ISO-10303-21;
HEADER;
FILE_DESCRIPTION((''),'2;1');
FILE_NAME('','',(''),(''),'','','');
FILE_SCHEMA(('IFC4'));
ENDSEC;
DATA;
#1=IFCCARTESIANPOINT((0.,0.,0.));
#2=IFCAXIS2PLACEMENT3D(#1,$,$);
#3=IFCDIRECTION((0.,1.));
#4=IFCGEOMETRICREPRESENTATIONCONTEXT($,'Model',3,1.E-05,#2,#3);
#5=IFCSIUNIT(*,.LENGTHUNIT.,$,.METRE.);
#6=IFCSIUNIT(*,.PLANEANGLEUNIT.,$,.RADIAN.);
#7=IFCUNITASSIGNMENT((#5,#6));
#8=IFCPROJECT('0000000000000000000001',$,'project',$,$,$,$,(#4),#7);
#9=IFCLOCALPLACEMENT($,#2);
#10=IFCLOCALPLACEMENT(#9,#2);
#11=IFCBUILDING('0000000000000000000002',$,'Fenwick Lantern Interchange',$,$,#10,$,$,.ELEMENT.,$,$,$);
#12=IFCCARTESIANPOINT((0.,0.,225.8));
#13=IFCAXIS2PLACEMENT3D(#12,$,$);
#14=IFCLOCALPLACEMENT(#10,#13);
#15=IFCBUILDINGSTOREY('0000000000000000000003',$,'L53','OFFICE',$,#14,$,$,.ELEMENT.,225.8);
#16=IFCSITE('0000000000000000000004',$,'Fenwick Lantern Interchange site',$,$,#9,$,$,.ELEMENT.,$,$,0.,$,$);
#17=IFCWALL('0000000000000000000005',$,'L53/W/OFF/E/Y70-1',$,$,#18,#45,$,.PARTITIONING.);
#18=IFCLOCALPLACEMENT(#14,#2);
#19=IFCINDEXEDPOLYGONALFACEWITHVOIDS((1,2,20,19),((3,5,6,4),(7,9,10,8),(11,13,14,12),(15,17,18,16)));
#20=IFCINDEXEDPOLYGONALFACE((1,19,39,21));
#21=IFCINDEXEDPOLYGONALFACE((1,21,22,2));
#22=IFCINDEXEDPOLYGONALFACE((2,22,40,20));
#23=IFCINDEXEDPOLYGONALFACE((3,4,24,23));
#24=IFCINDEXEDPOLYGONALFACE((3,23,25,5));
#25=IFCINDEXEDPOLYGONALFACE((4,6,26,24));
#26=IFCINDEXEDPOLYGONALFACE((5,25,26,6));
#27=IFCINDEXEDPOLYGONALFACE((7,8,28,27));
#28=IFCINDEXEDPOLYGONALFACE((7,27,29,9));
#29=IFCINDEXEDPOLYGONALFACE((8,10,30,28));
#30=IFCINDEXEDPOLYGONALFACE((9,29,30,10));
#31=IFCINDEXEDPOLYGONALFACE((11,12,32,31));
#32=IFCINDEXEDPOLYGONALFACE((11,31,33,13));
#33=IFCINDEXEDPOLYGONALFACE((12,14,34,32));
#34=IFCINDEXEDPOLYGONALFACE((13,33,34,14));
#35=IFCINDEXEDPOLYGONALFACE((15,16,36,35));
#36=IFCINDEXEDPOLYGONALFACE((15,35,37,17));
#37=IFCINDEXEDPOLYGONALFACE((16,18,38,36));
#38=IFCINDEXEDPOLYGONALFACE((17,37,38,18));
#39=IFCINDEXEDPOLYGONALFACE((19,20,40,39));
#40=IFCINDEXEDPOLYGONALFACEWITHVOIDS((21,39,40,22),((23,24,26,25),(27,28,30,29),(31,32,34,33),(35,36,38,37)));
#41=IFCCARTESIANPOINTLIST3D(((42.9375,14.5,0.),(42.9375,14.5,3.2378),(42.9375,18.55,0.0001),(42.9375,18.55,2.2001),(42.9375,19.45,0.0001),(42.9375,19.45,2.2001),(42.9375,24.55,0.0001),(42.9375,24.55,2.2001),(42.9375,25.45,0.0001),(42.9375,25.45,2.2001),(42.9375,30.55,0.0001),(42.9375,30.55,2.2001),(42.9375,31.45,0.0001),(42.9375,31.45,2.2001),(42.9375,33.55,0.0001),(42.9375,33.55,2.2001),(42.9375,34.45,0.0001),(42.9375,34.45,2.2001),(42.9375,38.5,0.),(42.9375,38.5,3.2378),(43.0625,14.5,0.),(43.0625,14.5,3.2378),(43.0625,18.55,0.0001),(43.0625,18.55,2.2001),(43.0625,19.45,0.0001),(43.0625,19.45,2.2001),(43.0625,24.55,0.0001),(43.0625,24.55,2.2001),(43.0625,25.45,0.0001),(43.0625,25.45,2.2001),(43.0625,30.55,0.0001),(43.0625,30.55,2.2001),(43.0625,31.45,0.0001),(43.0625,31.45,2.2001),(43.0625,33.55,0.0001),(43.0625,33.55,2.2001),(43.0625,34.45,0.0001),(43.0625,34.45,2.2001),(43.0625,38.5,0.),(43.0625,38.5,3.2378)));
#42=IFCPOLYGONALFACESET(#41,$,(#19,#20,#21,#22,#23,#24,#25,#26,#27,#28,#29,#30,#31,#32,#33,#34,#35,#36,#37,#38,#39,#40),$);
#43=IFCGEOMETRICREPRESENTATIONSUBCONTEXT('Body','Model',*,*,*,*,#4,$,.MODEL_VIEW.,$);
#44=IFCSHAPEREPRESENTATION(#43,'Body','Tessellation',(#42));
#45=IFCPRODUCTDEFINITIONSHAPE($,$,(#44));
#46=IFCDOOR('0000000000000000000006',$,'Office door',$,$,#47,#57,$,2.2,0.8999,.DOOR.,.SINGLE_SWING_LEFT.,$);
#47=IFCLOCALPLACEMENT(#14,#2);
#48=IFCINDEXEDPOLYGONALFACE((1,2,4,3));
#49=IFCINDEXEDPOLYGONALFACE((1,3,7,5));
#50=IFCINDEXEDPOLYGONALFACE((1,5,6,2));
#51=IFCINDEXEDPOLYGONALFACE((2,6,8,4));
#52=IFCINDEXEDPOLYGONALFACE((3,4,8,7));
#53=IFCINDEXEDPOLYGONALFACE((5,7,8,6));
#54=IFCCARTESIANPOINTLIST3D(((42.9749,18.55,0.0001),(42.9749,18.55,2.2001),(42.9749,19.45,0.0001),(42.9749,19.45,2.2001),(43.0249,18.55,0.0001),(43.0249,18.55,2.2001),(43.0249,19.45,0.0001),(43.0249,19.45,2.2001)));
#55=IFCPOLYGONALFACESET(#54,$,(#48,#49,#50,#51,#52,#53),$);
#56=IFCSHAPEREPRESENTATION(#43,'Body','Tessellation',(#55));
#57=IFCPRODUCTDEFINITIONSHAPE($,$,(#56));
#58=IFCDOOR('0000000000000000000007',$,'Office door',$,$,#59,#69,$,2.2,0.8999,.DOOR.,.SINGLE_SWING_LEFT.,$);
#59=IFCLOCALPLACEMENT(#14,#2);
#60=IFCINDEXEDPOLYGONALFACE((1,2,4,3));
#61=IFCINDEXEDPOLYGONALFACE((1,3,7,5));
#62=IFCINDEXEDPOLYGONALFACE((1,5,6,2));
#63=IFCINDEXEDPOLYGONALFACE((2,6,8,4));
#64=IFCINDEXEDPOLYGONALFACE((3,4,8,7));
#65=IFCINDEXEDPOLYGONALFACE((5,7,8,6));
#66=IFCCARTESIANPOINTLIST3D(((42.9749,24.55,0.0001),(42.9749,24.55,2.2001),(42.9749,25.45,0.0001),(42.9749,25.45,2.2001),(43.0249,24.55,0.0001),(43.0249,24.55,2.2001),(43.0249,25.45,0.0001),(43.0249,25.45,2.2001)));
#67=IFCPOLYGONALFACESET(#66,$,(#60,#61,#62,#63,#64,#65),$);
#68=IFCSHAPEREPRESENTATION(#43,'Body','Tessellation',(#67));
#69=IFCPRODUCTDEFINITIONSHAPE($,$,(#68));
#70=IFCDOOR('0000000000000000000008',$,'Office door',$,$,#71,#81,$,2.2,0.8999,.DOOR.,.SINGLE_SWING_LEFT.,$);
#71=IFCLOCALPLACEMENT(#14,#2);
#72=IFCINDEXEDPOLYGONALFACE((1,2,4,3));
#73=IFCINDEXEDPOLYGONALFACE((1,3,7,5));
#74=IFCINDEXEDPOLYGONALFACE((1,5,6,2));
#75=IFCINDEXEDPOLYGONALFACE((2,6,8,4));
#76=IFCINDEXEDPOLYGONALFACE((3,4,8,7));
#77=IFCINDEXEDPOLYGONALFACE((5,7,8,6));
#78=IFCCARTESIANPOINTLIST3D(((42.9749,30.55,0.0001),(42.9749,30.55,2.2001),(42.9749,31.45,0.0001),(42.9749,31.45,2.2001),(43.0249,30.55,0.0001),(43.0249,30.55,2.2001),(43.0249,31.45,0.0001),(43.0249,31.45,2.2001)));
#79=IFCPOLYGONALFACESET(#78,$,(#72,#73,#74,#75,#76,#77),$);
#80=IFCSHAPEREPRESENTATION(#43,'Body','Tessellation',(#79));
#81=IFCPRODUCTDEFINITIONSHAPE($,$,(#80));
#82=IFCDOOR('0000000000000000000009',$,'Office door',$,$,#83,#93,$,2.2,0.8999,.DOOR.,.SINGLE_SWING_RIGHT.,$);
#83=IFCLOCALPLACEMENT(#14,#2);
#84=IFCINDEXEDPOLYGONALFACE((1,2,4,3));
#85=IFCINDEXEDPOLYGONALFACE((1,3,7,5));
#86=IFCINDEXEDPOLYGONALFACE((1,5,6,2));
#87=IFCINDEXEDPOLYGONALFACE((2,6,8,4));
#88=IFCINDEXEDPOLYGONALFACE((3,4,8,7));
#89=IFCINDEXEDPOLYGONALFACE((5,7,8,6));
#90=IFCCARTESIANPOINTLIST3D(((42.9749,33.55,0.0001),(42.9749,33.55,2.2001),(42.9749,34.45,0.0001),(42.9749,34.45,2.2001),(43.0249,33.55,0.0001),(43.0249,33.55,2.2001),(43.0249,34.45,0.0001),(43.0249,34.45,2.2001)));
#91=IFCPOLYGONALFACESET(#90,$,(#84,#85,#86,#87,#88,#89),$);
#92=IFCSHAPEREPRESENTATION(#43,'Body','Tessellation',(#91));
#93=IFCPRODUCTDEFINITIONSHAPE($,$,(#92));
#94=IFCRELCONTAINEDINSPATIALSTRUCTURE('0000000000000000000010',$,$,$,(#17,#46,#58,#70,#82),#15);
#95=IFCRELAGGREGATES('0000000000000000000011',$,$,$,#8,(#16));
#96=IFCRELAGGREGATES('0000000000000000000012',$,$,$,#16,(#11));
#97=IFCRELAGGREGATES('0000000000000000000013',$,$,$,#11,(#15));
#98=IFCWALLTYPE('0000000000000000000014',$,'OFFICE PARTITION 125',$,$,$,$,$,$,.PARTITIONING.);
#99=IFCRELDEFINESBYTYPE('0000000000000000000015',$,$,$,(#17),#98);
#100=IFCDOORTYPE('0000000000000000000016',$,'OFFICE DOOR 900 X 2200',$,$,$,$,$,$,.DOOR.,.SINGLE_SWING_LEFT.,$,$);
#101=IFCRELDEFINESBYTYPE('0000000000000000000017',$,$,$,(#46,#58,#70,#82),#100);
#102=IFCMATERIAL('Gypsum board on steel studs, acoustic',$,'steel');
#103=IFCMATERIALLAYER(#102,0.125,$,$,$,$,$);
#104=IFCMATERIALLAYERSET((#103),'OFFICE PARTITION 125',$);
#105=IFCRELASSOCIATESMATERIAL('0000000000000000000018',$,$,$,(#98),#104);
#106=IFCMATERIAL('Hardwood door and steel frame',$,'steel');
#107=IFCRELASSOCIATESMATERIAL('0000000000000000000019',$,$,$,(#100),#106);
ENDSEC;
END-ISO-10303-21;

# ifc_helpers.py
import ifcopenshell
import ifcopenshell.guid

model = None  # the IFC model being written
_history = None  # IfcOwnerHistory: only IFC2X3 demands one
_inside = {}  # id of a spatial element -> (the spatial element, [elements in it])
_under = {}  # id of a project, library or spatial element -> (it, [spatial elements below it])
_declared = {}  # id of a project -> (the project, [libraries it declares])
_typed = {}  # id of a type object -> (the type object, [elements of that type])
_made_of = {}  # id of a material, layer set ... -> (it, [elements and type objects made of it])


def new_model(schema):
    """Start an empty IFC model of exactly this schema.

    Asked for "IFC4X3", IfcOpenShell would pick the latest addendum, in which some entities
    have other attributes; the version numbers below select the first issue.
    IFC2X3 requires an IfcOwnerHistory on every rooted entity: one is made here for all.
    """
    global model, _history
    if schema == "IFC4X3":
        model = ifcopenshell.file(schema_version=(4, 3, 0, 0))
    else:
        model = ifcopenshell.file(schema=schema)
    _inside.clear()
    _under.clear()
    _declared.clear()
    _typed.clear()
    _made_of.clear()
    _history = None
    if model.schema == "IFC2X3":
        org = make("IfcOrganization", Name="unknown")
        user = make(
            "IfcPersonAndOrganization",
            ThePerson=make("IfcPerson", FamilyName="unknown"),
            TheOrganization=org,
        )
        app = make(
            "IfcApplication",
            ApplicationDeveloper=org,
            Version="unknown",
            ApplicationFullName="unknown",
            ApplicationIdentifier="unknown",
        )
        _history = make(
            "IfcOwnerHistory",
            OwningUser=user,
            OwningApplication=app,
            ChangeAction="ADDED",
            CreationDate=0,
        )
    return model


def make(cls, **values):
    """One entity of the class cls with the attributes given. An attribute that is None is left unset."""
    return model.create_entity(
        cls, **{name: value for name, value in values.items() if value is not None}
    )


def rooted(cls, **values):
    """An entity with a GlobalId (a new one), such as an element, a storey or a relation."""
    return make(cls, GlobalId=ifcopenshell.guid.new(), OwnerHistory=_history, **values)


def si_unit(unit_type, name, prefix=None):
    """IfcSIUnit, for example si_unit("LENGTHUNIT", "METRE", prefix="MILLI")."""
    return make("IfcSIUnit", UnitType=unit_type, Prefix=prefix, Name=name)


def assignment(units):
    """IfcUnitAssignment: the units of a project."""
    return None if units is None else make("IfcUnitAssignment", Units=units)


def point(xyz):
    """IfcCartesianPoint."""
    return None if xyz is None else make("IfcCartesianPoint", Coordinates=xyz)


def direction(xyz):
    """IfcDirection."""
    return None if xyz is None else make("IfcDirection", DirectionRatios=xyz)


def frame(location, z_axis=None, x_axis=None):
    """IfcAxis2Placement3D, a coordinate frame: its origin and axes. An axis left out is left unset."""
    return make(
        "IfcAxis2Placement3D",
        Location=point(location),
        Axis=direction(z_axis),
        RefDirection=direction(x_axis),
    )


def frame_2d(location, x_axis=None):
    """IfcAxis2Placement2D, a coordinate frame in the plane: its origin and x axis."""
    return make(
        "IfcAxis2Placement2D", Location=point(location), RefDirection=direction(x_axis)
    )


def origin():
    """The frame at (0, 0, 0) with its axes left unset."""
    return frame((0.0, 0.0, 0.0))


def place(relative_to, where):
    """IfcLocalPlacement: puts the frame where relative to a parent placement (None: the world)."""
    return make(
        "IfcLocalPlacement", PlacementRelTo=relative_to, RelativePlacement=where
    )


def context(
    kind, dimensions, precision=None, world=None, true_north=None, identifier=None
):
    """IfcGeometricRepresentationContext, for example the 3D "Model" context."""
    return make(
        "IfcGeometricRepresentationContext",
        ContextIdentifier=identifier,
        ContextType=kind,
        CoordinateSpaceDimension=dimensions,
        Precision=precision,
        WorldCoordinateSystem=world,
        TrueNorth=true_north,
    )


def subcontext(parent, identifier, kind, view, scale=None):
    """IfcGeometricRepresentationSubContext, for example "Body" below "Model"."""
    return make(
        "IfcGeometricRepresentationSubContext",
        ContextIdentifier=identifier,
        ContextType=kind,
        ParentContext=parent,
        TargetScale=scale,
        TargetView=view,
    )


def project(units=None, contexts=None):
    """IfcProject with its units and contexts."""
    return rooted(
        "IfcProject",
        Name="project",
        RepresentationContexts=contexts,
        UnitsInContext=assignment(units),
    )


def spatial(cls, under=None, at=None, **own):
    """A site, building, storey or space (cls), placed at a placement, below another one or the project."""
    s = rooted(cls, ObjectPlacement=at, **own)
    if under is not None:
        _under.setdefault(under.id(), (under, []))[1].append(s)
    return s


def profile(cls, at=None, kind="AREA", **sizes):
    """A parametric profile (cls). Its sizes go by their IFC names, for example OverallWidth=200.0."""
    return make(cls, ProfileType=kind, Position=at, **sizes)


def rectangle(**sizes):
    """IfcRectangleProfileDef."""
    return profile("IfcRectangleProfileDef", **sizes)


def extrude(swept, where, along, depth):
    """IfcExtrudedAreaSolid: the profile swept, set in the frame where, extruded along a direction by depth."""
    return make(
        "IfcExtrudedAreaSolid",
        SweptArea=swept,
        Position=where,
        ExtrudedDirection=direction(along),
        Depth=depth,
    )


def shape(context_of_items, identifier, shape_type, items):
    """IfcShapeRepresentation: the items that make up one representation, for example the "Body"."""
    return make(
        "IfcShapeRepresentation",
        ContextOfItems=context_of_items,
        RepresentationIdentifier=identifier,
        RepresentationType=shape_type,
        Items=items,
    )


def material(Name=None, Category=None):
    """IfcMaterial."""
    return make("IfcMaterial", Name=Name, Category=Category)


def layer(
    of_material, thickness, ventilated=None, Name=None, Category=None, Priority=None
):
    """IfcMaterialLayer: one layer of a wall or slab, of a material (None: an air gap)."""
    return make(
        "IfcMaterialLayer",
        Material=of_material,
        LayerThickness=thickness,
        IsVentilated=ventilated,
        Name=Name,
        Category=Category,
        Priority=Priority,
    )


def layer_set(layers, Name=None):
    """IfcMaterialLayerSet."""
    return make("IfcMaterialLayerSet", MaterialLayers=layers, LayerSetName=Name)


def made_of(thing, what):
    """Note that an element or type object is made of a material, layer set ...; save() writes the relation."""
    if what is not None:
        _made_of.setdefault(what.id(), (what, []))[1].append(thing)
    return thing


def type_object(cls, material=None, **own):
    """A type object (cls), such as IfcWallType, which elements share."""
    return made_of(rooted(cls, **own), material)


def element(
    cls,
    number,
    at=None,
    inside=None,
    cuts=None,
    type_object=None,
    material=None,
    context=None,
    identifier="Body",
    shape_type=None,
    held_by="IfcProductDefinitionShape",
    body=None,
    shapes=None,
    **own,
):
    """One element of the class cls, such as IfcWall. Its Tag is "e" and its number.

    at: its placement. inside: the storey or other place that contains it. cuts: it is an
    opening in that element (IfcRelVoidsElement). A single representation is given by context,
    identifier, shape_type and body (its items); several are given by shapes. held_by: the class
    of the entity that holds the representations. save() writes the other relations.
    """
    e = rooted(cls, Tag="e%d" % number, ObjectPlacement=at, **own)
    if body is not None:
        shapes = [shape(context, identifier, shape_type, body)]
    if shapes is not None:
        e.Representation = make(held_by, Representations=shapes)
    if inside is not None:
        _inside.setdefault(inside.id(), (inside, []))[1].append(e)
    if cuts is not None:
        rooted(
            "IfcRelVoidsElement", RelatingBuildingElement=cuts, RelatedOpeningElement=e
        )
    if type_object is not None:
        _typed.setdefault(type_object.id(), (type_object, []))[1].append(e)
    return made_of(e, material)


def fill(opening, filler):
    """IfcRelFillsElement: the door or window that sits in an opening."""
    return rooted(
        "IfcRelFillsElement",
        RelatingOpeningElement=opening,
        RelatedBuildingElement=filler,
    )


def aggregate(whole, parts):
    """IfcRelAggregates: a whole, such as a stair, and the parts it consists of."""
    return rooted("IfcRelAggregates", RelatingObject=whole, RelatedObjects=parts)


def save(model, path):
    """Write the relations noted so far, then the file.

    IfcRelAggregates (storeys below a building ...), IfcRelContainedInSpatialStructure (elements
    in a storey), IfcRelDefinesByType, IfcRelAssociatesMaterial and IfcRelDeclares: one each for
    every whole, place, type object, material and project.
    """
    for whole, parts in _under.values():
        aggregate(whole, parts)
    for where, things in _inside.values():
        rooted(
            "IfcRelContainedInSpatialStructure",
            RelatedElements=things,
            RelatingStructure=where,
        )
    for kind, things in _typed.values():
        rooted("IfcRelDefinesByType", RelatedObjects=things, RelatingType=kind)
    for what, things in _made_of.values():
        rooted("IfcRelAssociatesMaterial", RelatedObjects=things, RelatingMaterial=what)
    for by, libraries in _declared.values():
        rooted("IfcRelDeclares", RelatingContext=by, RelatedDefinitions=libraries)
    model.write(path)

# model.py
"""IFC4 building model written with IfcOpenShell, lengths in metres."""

from ifc_helpers import new_model, si_unit, direction, frame, frame_2d, origin, place, context, subcontext, project, spatial, rectangle, extrude, material, layer, layer_set, type_object, element, fill, save


model = new_model("IFC4")

# Units and contexts
model_context = context("Model", 3, precision=1e-05, world=origin(), true_north=direction((0.0, 1.0)))
body_context = subcontext(model_context, "Body", "Model", "MODEL_VIEW")
ifc_project = project(units=[si_unit("LENGTHUNIT", "METRE"), si_unit("PLANEANGLEUNIT", "RADIAN")], contexts=[model_context])

# Site, building, storey
site_placement = place(None, origin())
site = spatial("IfcSite", under=ifc_project, at=site_placement, Name="Fenwick Lantern Interchange site", CompositionType="ELEMENT", RefElevation=0.0)
building_placement = place(site_placement, origin())
building = spatial("IfcBuilding", under=site, at=building_placement, Name="Fenwick Lantern Interchange", CompositionType="ELEMENT")
storey_placement = place(building_placement, frame((0.0, 0.0, 225.8)))
storey = spatial("IfcBuildingStorey", under=building, at=storey_placement, Name="L53", Description="OFFICE", CompositionType="ELEMENT", Elevation=225.8)

# Shared definitions
ifc_material_1 = material(Name="Gypsum board on steel studs, acoustic", Category="steel")
ifc_layer_1 = layer(ifc_material_1, 0.125)
ifc_layer_set_1 = layer_set([ifc_layer_1], Name="OFFICE PARTITION 125")
wall_type_1 = type_object("IfcWallType", Name="OFFICE PARTITION 125", PredefinedType="PARTITIONING", material=ifc_layer_set_1)
ifc_material_2 = material(Name="Hardwood door and steel frame", Category="steel")
door_type = type_object("IfcDoorType", Name="OFFICE DOOR 900 X 2200", OperationType="SINGLE_SWING_LEFT", PredefinedType="DOOR", material=ifc_material_2)

# Wall, openings, doors
wall_1_placement = place(storey_placement, frame((43.0, 14.5, 0.0), z_axis=(0.0, 0.0, 1.0), x_axis=(0.0, 1.0, 0.0)))
wall_1 = element("IfcWall", 1, at=wall_1_placement, inside=storey, type_object=wall_type_1, Name="L53/W/OFF/E/Y70-1", PredefinedType="PARTITIONING", context=body_context, shape_type="SweptSolid", body=[
    extrude(rectangle(XDim=24.0, YDim=0.125, at=frame_2d((12.0, 0.0))), origin(), (0.0, 0.0, 1.0), 3.2378),
])
opening_1_placement = place(wall_1_placement, frame((4.05, 0.0, 0.0)))
opening_1 = element("IfcOpeningElement", 2, at=opening_1_placement, cuts=wall_1, PredefinedType="OPENING", context=body_context, shape_type="SweptSolid", body=[
    extrude(rectangle(XDim=0.8999, YDim=2.2, at=frame_2d((0.45, 1.1001))), frame((0.0, 0.0725, 0.0), z_axis=(0.0, -1.0, 0.0), x_axis=(1.0, 0.0, 0.0)), (0.0, 0.0, 1.0), 0.145),
])
opening_2_placement = place(wall_1_placement, frame((10.05, 0.0, 0.0)))
opening_2 = element("IfcOpeningElement", 3, at=opening_2_placement, cuts=wall_1, PredefinedType="OPENING", context=body_context, shape_type="SweptSolid", body=[
    extrude(rectangle(XDim=0.8999, YDim=2.2, at=frame_2d((0.45, 1.1001))), frame((0.0, 0.0725, 0.0), z_axis=(0.0, -1.0, 0.0), x_axis=(1.0, 0.0, 0.0)), (0.0, 0.0, 1.0), 0.145),
])
opening_3_placement = place(wall_1_placement, frame((16.05, 0.0, 0.0)))
opening_3 = element("IfcOpeningElement", 4, at=opening_3_placement, cuts=wall_1, PredefinedType="OPENING", context=body_context, shape_type="SweptSolid", body=[
    extrude(rectangle(XDim=0.8999, YDim=2.2, at=frame_2d((0.45, 1.1001))), frame((0.0, 0.0725, 0.0), z_axis=(0.0, -1.0, 0.0), x_axis=(1.0, 0.0, 0.0)), (0.0, 0.0, 1.0), 0.145),
])
opening_4_placement = place(wall_1_placement, frame((19.05, 0.0, 0.0)))
opening_4 = element("IfcOpeningElement", 5, at=opening_4_placement, cuts=wall_1, PredefinedType="OPENING", context=body_context, shape_type="SweptSolid", body=[
    extrude(rectangle(XDim=0.8999, YDim=2.2, at=frame_2d((0.45, 1.1001))), frame((0.0, 0.0725, 0.0), z_axis=(0.0, -1.0, 0.0), x_axis=(1.0, 0.0, 0.0)), (0.0, 0.0, 1.0), 0.145),
])
door_1_placement = place(opening_1_placement, frame((0.8999, 0.0, 0.0), z_axis=(0.0, 0.0, 1.0), x_axis=(-1.0, 0.0, 0.0)))
door_1 = element("IfcDoor", 6, at=door_1_placement, inside=storey, type_object=door_type, Name="Office door", OperationType="SINGLE_SWING_LEFT", OverallHeight=2.2, OverallWidth=0.8999, PredefinedType="DOOR", context=body_context, shape_type="SweptSolid", body=[
    extrude(rectangle(XDim=0.8999, YDim=2.2, at=frame_2d((0.45, 1.1001))), frame((0.0, 0.0249, 0.0), z_axis=(0.0, -1.0, 0.0), x_axis=(1.0, 0.0, 0.0)), (0.0, 0.0, 1.0), 0.05),
])
fill(opening_1, door_1)
door_2_placement = place(opening_2_placement, frame((0.8999, 0.0, 0.0), z_axis=(0.0, 0.0, 1.0), x_axis=(-1.0, 0.0, 0.0)))
door_2 = element("IfcDoor", 7, at=door_2_placement, inside=storey, type_object=door_type, Name="Office door", OperationType="SINGLE_SWING_LEFT", OverallHeight=2.2, OverallWidth=0.8999, PredefinedType="DOOR", context=body_context, shape_type="SweptSolid", body=[
    extrude(rectangle(XDim=0.8999, YDim=2.2, at=frame_2d((0.45, 1.1001))), frame((0.0, 0.0249, 0.0), z_axis=(0.0, -1.0, 0.0), x_axis=(1.0, 0.0, 0.0)), (0.0, 0.0, 1.0), 0.05),
])
fill(opening_2, door_2)
door_3_placement = place(opening_3_placement, frame((0.8999, 0.0, 0.0), z_axis=(0.0, 0.0, 1.0), x_axis=(-1.0, 0.0, 0.0)))
door_3 = element("IfcDoor", 8, at=door_3_placement, inside=storey, type_object=door_type, Name="Office door", OperationType="SINGLE_SWING_LEFT", OverallHeight=2.2, OverallWidth=0.8999, PredefinedType="DOOR", context=body_context, shape_type="SweptSolid", body=[
    extrude(rectangle(XDim=0.8999, YDim=2.2, at=frame_2d((0.45, 1.1001))), frame((0.0, 0.0249, 0.0), z_axis=(0.0, -1.0, 0.0), x_axis=(1.0, 0.0, 0.0)), (0.0, 0.0, 1.0), 0.05),
])
fill(opening_3, door_3)
door_4_placement = place(opening_4_placement, frame((0.8999, 0.0, 0.0), z_axis=(0.0, 0.0, 1.0), x_axis=(-1.0, 0.0, 0.0)))
door_4 = element("IfcDoor", 9, at=door_4_placement, inside=storey, type_object=door_type, Name="Office door", OperationType="SINGLE_SWING_RIGHT", OverallHeight=2.2, OverallWidth=0.8999, PredefinedType="DOOR", context=body_context, shape_type="SweptSolid", body=[
    extrude(rectangle(XDim=0.8999, YDim=2.2, at=frame_2d((0.45, 1.1001))), frame((0.0, 0.0249, 0.0), z_axis=(0.0, -1.0, 0.0), x_axis=(1.0, 0.0, 0.0)), (0.0, 0.0, 1.0), 0.05),
])
fill(opening_4, door_4)

save(model, "model.ifc")
